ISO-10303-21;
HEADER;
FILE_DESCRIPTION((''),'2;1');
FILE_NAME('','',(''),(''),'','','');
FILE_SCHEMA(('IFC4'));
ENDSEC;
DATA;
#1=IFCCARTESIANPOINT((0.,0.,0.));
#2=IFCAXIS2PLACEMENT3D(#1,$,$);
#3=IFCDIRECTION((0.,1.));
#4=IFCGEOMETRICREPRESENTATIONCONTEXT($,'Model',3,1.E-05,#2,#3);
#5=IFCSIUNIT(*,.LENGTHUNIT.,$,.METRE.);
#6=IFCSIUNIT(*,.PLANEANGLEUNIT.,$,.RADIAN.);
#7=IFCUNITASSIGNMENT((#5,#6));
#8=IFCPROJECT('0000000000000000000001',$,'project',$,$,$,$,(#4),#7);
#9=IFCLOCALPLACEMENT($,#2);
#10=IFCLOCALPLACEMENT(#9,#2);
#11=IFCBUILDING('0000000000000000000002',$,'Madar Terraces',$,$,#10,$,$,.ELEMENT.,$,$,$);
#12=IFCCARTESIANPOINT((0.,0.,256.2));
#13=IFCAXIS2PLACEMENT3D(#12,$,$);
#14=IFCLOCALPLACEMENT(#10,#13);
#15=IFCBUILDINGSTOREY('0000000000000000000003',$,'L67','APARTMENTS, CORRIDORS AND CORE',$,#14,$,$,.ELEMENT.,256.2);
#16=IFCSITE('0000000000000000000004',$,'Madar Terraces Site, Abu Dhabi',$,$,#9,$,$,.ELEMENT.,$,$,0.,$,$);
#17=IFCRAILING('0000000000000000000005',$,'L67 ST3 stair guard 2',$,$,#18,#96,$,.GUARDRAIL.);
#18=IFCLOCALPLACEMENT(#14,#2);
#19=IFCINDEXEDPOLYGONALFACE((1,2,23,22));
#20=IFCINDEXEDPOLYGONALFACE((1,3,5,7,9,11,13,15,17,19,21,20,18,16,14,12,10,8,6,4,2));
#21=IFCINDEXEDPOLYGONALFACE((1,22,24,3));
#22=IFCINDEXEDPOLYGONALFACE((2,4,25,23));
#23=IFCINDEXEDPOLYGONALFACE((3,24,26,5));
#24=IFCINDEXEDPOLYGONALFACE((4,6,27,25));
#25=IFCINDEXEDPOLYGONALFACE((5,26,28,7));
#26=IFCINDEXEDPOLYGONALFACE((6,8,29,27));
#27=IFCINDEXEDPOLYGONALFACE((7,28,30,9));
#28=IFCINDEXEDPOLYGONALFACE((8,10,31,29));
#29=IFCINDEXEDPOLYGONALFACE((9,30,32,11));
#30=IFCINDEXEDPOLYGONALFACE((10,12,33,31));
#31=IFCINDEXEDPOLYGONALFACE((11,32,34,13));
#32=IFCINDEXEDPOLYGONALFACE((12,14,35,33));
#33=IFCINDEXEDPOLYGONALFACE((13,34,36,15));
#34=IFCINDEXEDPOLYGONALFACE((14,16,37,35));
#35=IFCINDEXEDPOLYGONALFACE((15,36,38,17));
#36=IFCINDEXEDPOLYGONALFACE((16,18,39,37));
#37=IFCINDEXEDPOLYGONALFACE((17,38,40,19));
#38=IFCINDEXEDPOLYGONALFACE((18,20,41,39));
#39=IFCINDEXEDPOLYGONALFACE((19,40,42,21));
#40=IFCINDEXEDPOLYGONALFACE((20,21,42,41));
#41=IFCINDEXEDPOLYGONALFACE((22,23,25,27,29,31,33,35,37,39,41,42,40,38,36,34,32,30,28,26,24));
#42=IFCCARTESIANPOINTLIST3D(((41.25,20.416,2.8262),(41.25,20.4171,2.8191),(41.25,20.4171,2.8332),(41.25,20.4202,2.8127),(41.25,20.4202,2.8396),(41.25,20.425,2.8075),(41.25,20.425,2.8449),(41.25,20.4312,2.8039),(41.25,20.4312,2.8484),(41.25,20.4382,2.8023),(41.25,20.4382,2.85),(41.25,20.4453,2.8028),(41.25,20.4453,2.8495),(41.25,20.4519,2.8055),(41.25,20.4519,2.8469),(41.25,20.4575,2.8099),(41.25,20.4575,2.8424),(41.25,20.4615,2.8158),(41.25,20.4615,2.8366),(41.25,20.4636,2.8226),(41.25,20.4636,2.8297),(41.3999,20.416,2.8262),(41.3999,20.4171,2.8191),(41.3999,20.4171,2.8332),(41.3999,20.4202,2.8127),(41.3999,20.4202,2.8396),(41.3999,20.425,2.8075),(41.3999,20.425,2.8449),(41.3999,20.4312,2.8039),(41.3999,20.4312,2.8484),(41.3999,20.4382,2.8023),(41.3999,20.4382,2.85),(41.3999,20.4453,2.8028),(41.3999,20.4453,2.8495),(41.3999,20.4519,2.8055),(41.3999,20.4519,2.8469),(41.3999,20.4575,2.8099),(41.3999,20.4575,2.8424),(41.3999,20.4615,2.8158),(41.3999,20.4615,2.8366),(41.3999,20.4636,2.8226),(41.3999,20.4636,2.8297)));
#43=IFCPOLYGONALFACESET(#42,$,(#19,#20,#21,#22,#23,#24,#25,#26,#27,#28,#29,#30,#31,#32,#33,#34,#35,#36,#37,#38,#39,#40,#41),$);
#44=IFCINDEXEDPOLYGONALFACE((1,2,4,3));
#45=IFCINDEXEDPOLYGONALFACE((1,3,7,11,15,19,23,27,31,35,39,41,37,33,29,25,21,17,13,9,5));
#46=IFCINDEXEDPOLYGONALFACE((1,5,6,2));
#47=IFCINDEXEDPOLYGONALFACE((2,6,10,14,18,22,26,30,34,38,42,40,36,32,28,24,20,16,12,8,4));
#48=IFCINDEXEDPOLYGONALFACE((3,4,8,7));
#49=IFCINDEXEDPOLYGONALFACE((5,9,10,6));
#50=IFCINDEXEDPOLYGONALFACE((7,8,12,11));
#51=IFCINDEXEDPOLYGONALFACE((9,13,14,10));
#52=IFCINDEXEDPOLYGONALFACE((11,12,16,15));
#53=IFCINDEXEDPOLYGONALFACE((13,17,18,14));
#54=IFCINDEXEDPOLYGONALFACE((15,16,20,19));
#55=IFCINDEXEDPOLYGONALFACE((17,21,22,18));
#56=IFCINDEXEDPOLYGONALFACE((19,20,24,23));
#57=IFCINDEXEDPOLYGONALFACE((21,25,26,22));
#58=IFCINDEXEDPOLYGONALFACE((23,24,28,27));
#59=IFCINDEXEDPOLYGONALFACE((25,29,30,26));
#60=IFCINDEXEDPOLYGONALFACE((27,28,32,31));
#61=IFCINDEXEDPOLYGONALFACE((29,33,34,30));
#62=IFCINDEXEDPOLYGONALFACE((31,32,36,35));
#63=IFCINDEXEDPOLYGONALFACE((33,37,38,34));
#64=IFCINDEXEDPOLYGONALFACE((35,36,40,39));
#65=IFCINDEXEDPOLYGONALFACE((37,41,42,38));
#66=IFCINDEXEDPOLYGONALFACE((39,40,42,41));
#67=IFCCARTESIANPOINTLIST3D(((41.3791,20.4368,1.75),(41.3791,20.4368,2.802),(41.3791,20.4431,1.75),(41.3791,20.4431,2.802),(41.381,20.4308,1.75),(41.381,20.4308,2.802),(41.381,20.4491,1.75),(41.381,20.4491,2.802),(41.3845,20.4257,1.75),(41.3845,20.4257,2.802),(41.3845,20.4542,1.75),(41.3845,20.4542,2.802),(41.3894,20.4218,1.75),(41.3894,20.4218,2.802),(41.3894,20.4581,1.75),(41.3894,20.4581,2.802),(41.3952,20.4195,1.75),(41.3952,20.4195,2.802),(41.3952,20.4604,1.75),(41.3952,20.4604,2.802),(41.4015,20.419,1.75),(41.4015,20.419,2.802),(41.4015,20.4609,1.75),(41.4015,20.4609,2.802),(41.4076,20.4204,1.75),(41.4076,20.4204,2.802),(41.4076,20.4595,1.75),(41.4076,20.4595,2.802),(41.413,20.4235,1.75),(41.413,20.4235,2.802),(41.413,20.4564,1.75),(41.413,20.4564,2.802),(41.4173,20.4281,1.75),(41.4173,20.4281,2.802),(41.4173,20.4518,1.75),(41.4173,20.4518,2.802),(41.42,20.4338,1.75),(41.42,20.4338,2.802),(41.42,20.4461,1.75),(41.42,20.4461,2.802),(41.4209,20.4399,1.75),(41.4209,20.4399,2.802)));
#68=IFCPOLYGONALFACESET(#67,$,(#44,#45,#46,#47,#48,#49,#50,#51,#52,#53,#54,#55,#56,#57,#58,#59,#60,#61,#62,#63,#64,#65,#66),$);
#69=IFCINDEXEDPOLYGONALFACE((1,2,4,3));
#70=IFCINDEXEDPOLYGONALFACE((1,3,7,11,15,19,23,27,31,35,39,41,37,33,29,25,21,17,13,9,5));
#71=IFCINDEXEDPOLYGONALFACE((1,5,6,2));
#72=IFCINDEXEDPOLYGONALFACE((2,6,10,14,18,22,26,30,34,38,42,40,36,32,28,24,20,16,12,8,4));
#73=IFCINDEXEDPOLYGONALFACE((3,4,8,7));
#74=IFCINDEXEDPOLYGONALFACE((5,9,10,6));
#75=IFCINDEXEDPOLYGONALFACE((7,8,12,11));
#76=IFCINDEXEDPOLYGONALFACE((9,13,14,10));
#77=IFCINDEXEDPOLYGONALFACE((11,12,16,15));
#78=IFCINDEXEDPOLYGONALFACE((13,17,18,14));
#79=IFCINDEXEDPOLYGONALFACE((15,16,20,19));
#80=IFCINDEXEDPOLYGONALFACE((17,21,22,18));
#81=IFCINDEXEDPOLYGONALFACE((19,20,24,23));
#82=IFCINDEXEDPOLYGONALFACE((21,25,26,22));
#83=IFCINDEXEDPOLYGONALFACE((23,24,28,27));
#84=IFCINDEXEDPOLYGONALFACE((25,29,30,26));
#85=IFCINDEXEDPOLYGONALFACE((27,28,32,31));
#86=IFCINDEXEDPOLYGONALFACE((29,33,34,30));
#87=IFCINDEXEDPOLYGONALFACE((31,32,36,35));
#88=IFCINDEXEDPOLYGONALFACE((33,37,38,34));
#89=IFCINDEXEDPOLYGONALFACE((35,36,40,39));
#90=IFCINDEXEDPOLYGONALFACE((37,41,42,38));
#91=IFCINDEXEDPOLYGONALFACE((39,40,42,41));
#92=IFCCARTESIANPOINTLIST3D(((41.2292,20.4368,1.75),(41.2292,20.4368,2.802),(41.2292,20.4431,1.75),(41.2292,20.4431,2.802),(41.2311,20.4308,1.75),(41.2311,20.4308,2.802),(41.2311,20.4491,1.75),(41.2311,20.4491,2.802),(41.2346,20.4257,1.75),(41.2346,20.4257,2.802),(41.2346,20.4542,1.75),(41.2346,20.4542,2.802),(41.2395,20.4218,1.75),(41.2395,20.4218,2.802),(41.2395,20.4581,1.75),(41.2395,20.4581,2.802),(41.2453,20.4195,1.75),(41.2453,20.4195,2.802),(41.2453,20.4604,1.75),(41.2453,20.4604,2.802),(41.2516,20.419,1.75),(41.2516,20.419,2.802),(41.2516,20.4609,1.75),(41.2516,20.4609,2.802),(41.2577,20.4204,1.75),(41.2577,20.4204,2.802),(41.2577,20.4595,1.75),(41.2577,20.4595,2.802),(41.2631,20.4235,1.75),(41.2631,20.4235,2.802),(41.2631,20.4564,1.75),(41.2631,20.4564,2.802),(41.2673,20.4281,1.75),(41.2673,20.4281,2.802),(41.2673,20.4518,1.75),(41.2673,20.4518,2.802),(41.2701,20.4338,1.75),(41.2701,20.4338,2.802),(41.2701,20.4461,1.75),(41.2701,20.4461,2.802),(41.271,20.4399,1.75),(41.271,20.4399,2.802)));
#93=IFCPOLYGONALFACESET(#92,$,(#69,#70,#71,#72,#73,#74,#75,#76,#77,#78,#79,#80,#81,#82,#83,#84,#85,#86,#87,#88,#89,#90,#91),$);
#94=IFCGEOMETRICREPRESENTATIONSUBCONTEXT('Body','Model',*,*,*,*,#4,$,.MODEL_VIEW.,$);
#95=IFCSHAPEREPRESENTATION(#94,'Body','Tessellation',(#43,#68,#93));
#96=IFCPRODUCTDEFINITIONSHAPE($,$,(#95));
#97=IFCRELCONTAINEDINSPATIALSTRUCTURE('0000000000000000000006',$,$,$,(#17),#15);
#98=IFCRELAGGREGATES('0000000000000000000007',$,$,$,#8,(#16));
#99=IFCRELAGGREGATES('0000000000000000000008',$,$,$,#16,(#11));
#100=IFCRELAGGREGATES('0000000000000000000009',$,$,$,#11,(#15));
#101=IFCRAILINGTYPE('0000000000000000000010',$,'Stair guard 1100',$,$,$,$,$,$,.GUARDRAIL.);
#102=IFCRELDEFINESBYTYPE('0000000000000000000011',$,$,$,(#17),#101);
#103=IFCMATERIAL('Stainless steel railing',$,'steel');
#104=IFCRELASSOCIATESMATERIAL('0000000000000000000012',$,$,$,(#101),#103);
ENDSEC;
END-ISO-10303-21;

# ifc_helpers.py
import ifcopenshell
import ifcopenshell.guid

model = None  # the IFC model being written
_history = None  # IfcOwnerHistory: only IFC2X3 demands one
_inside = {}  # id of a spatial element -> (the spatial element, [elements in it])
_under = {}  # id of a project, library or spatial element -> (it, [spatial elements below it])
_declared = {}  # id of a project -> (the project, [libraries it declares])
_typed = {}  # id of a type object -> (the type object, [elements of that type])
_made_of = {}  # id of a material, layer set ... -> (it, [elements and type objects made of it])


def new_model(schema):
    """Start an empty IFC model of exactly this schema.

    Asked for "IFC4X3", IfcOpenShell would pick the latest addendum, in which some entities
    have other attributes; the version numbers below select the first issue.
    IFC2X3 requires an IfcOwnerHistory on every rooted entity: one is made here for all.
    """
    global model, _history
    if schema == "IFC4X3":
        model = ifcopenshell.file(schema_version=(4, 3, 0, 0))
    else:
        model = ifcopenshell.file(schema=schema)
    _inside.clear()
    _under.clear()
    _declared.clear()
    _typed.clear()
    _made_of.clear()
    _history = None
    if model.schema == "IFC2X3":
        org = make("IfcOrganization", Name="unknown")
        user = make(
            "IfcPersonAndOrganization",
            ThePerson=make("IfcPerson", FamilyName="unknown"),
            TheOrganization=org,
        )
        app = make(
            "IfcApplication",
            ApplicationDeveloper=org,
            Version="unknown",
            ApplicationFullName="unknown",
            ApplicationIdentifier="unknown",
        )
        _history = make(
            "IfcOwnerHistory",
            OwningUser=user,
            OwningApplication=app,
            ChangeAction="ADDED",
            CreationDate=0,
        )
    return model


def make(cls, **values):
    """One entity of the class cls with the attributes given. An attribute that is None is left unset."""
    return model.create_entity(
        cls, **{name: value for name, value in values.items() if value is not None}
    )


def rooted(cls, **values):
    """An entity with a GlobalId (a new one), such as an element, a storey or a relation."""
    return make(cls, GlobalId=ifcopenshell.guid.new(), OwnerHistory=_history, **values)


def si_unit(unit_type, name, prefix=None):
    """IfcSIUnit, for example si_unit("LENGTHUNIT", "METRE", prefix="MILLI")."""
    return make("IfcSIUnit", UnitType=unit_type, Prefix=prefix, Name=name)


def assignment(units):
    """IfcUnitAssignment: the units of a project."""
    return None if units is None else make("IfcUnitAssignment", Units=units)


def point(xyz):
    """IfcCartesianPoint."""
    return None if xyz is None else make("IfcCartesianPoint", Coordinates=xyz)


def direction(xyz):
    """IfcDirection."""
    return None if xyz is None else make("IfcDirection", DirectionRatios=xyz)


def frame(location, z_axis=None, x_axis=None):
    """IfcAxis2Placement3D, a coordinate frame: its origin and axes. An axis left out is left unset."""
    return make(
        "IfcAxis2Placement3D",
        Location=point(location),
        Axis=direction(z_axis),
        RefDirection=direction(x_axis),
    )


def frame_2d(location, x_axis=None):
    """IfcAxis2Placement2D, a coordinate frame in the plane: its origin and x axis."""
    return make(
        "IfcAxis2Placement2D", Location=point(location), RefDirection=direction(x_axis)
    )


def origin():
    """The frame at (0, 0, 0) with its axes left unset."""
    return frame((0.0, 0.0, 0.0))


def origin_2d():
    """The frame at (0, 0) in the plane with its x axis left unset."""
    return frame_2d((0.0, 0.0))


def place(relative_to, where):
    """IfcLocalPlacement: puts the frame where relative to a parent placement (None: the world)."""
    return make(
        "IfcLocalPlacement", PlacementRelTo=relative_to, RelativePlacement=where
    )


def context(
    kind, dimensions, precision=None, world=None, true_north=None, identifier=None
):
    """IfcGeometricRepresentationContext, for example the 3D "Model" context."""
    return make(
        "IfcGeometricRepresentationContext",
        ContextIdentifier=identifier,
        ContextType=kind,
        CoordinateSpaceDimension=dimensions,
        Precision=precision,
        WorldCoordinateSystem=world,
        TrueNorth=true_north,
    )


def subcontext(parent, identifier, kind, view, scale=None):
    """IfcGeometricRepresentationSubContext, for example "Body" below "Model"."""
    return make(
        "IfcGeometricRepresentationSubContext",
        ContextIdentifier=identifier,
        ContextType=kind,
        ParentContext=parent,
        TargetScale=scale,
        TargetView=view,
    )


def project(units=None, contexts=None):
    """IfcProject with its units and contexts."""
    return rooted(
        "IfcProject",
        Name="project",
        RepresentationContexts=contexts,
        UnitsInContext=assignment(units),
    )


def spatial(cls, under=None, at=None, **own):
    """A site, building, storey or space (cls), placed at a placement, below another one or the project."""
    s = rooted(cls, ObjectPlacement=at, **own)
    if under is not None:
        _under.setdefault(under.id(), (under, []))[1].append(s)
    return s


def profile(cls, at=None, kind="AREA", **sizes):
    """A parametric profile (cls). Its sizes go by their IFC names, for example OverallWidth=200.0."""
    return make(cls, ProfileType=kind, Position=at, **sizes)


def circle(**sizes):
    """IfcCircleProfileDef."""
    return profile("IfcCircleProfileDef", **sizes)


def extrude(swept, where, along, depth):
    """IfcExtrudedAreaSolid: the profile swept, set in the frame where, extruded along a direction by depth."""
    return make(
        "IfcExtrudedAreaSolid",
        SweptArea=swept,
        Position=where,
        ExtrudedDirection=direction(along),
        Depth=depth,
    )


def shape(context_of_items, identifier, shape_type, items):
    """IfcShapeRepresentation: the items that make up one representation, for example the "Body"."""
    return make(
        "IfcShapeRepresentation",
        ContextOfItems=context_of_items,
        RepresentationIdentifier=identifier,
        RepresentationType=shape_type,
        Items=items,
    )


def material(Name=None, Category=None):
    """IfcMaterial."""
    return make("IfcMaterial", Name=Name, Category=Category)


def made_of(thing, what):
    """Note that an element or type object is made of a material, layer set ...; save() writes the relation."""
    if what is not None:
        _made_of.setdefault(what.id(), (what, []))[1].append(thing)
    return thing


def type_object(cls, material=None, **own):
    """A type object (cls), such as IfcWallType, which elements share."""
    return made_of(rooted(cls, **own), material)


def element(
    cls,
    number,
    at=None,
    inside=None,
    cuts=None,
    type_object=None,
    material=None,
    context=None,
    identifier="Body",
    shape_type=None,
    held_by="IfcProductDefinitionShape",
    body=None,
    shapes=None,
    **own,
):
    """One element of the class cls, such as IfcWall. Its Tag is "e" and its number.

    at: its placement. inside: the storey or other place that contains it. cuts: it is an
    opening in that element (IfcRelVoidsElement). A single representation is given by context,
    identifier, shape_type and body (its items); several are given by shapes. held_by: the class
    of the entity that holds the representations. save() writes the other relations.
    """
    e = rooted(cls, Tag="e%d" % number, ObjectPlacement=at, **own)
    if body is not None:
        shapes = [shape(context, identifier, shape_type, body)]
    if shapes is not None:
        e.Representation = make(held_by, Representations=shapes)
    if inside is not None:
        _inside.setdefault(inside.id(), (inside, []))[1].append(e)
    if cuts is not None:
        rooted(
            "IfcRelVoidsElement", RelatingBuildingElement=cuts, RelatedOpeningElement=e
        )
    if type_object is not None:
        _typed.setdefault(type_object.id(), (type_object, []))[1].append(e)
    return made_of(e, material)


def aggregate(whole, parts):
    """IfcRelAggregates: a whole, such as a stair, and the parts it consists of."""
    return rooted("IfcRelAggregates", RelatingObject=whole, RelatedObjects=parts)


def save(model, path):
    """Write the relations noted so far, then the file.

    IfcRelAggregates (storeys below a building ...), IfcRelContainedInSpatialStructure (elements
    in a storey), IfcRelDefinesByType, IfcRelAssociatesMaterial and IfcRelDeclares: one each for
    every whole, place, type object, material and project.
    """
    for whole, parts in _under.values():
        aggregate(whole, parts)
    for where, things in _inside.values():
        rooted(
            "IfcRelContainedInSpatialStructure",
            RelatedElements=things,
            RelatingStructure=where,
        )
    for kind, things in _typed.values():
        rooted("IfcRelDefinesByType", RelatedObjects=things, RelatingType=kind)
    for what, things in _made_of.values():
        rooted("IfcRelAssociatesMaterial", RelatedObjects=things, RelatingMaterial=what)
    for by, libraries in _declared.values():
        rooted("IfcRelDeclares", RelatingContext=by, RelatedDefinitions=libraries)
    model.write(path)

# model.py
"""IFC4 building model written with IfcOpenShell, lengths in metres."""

from ifc_helpers import new_model, si_unit, direction, frame, origin, origin_2d, place, context, subcontext, project, spatial, circle, extrude, material, type_object, element, save


model = new_model("IFC4")

# Units and contexts
model_context = context("Model", 3, precision=1e-05, world=origin(), true_north=direction((0.0, 1.0)))
body_context = subcontext(model_context, "Body", "Model", "MODEL_VIEW")
ifc_project = project(units=[si_unit("LENGTHUNIT", "METRE"), si_unit("PLANEANGLEUNIT", "RADIAN")], contexts=[model_context])

# Site, building, storey
site_placement = place(None, origin())
site = spatial("IfcSite", under=ifc_project, at=site_placement, Name="Madar Terraces Site, Abu Dhabi", CompositionType="ELEMENT", RefElevation=0.0)
building_placement = place(site_placement, origin())
building = spatial("IfcBuilding", under=site, at=building_placement, Name="Madar Terraces", CompositionType="ELEMENT")
storey_placement = place(building_placement, frame((0.0, 0.0, 256.2)))
storey = spatial("IfcBuildingStorey", under=building, at=storey_placement, Name="L67", Description="APARTMENTS, CORRIDORS AND CORE", CompositionType="ELEMENT", Elevation=256.2)

# Railing
ifc_material_1 = material(Name="Stainless steel railing", Category="steel")
railing_type_1 = type_object("IfcRailingType", Name="Stair guard 1100", PredefinedType="GUARDRAIL", material=ifc_material_1)
railing_1_placement = place(storey_placement, frame((41.3999, 20.4399, 1.75)))
element("IfcRailing", 1, at=railing_1_placement, inside=storey, type_object=railing_type_1, Name="L67 ST3 stair guard 2", PredefinedType="GUARDRAIL", context=body_context, shape_type="SweptSolid", body=[
    extrude(circle(Radius=0.0239, at=origin_2d()), frame((0.0, 0.0, 1.0762), z_axis=(-1.0, 0.0, 0.0), x_axis=(0.0, -1.0, 0.0)), (0.0, 0.0, 1.0), 0.1499),
    extrude(circle(Radius=0.021, at=origin_2d()), origin(), (0.0, 0.0, 1.0), 1.052),
    extrude(circle(Radius=0.021, at=origin_2d()), frame((-0.1499, 0.0, 0.0)), (0.0, 0.0, 1.0), 1.052),
])

save(model, "model.ifc")
